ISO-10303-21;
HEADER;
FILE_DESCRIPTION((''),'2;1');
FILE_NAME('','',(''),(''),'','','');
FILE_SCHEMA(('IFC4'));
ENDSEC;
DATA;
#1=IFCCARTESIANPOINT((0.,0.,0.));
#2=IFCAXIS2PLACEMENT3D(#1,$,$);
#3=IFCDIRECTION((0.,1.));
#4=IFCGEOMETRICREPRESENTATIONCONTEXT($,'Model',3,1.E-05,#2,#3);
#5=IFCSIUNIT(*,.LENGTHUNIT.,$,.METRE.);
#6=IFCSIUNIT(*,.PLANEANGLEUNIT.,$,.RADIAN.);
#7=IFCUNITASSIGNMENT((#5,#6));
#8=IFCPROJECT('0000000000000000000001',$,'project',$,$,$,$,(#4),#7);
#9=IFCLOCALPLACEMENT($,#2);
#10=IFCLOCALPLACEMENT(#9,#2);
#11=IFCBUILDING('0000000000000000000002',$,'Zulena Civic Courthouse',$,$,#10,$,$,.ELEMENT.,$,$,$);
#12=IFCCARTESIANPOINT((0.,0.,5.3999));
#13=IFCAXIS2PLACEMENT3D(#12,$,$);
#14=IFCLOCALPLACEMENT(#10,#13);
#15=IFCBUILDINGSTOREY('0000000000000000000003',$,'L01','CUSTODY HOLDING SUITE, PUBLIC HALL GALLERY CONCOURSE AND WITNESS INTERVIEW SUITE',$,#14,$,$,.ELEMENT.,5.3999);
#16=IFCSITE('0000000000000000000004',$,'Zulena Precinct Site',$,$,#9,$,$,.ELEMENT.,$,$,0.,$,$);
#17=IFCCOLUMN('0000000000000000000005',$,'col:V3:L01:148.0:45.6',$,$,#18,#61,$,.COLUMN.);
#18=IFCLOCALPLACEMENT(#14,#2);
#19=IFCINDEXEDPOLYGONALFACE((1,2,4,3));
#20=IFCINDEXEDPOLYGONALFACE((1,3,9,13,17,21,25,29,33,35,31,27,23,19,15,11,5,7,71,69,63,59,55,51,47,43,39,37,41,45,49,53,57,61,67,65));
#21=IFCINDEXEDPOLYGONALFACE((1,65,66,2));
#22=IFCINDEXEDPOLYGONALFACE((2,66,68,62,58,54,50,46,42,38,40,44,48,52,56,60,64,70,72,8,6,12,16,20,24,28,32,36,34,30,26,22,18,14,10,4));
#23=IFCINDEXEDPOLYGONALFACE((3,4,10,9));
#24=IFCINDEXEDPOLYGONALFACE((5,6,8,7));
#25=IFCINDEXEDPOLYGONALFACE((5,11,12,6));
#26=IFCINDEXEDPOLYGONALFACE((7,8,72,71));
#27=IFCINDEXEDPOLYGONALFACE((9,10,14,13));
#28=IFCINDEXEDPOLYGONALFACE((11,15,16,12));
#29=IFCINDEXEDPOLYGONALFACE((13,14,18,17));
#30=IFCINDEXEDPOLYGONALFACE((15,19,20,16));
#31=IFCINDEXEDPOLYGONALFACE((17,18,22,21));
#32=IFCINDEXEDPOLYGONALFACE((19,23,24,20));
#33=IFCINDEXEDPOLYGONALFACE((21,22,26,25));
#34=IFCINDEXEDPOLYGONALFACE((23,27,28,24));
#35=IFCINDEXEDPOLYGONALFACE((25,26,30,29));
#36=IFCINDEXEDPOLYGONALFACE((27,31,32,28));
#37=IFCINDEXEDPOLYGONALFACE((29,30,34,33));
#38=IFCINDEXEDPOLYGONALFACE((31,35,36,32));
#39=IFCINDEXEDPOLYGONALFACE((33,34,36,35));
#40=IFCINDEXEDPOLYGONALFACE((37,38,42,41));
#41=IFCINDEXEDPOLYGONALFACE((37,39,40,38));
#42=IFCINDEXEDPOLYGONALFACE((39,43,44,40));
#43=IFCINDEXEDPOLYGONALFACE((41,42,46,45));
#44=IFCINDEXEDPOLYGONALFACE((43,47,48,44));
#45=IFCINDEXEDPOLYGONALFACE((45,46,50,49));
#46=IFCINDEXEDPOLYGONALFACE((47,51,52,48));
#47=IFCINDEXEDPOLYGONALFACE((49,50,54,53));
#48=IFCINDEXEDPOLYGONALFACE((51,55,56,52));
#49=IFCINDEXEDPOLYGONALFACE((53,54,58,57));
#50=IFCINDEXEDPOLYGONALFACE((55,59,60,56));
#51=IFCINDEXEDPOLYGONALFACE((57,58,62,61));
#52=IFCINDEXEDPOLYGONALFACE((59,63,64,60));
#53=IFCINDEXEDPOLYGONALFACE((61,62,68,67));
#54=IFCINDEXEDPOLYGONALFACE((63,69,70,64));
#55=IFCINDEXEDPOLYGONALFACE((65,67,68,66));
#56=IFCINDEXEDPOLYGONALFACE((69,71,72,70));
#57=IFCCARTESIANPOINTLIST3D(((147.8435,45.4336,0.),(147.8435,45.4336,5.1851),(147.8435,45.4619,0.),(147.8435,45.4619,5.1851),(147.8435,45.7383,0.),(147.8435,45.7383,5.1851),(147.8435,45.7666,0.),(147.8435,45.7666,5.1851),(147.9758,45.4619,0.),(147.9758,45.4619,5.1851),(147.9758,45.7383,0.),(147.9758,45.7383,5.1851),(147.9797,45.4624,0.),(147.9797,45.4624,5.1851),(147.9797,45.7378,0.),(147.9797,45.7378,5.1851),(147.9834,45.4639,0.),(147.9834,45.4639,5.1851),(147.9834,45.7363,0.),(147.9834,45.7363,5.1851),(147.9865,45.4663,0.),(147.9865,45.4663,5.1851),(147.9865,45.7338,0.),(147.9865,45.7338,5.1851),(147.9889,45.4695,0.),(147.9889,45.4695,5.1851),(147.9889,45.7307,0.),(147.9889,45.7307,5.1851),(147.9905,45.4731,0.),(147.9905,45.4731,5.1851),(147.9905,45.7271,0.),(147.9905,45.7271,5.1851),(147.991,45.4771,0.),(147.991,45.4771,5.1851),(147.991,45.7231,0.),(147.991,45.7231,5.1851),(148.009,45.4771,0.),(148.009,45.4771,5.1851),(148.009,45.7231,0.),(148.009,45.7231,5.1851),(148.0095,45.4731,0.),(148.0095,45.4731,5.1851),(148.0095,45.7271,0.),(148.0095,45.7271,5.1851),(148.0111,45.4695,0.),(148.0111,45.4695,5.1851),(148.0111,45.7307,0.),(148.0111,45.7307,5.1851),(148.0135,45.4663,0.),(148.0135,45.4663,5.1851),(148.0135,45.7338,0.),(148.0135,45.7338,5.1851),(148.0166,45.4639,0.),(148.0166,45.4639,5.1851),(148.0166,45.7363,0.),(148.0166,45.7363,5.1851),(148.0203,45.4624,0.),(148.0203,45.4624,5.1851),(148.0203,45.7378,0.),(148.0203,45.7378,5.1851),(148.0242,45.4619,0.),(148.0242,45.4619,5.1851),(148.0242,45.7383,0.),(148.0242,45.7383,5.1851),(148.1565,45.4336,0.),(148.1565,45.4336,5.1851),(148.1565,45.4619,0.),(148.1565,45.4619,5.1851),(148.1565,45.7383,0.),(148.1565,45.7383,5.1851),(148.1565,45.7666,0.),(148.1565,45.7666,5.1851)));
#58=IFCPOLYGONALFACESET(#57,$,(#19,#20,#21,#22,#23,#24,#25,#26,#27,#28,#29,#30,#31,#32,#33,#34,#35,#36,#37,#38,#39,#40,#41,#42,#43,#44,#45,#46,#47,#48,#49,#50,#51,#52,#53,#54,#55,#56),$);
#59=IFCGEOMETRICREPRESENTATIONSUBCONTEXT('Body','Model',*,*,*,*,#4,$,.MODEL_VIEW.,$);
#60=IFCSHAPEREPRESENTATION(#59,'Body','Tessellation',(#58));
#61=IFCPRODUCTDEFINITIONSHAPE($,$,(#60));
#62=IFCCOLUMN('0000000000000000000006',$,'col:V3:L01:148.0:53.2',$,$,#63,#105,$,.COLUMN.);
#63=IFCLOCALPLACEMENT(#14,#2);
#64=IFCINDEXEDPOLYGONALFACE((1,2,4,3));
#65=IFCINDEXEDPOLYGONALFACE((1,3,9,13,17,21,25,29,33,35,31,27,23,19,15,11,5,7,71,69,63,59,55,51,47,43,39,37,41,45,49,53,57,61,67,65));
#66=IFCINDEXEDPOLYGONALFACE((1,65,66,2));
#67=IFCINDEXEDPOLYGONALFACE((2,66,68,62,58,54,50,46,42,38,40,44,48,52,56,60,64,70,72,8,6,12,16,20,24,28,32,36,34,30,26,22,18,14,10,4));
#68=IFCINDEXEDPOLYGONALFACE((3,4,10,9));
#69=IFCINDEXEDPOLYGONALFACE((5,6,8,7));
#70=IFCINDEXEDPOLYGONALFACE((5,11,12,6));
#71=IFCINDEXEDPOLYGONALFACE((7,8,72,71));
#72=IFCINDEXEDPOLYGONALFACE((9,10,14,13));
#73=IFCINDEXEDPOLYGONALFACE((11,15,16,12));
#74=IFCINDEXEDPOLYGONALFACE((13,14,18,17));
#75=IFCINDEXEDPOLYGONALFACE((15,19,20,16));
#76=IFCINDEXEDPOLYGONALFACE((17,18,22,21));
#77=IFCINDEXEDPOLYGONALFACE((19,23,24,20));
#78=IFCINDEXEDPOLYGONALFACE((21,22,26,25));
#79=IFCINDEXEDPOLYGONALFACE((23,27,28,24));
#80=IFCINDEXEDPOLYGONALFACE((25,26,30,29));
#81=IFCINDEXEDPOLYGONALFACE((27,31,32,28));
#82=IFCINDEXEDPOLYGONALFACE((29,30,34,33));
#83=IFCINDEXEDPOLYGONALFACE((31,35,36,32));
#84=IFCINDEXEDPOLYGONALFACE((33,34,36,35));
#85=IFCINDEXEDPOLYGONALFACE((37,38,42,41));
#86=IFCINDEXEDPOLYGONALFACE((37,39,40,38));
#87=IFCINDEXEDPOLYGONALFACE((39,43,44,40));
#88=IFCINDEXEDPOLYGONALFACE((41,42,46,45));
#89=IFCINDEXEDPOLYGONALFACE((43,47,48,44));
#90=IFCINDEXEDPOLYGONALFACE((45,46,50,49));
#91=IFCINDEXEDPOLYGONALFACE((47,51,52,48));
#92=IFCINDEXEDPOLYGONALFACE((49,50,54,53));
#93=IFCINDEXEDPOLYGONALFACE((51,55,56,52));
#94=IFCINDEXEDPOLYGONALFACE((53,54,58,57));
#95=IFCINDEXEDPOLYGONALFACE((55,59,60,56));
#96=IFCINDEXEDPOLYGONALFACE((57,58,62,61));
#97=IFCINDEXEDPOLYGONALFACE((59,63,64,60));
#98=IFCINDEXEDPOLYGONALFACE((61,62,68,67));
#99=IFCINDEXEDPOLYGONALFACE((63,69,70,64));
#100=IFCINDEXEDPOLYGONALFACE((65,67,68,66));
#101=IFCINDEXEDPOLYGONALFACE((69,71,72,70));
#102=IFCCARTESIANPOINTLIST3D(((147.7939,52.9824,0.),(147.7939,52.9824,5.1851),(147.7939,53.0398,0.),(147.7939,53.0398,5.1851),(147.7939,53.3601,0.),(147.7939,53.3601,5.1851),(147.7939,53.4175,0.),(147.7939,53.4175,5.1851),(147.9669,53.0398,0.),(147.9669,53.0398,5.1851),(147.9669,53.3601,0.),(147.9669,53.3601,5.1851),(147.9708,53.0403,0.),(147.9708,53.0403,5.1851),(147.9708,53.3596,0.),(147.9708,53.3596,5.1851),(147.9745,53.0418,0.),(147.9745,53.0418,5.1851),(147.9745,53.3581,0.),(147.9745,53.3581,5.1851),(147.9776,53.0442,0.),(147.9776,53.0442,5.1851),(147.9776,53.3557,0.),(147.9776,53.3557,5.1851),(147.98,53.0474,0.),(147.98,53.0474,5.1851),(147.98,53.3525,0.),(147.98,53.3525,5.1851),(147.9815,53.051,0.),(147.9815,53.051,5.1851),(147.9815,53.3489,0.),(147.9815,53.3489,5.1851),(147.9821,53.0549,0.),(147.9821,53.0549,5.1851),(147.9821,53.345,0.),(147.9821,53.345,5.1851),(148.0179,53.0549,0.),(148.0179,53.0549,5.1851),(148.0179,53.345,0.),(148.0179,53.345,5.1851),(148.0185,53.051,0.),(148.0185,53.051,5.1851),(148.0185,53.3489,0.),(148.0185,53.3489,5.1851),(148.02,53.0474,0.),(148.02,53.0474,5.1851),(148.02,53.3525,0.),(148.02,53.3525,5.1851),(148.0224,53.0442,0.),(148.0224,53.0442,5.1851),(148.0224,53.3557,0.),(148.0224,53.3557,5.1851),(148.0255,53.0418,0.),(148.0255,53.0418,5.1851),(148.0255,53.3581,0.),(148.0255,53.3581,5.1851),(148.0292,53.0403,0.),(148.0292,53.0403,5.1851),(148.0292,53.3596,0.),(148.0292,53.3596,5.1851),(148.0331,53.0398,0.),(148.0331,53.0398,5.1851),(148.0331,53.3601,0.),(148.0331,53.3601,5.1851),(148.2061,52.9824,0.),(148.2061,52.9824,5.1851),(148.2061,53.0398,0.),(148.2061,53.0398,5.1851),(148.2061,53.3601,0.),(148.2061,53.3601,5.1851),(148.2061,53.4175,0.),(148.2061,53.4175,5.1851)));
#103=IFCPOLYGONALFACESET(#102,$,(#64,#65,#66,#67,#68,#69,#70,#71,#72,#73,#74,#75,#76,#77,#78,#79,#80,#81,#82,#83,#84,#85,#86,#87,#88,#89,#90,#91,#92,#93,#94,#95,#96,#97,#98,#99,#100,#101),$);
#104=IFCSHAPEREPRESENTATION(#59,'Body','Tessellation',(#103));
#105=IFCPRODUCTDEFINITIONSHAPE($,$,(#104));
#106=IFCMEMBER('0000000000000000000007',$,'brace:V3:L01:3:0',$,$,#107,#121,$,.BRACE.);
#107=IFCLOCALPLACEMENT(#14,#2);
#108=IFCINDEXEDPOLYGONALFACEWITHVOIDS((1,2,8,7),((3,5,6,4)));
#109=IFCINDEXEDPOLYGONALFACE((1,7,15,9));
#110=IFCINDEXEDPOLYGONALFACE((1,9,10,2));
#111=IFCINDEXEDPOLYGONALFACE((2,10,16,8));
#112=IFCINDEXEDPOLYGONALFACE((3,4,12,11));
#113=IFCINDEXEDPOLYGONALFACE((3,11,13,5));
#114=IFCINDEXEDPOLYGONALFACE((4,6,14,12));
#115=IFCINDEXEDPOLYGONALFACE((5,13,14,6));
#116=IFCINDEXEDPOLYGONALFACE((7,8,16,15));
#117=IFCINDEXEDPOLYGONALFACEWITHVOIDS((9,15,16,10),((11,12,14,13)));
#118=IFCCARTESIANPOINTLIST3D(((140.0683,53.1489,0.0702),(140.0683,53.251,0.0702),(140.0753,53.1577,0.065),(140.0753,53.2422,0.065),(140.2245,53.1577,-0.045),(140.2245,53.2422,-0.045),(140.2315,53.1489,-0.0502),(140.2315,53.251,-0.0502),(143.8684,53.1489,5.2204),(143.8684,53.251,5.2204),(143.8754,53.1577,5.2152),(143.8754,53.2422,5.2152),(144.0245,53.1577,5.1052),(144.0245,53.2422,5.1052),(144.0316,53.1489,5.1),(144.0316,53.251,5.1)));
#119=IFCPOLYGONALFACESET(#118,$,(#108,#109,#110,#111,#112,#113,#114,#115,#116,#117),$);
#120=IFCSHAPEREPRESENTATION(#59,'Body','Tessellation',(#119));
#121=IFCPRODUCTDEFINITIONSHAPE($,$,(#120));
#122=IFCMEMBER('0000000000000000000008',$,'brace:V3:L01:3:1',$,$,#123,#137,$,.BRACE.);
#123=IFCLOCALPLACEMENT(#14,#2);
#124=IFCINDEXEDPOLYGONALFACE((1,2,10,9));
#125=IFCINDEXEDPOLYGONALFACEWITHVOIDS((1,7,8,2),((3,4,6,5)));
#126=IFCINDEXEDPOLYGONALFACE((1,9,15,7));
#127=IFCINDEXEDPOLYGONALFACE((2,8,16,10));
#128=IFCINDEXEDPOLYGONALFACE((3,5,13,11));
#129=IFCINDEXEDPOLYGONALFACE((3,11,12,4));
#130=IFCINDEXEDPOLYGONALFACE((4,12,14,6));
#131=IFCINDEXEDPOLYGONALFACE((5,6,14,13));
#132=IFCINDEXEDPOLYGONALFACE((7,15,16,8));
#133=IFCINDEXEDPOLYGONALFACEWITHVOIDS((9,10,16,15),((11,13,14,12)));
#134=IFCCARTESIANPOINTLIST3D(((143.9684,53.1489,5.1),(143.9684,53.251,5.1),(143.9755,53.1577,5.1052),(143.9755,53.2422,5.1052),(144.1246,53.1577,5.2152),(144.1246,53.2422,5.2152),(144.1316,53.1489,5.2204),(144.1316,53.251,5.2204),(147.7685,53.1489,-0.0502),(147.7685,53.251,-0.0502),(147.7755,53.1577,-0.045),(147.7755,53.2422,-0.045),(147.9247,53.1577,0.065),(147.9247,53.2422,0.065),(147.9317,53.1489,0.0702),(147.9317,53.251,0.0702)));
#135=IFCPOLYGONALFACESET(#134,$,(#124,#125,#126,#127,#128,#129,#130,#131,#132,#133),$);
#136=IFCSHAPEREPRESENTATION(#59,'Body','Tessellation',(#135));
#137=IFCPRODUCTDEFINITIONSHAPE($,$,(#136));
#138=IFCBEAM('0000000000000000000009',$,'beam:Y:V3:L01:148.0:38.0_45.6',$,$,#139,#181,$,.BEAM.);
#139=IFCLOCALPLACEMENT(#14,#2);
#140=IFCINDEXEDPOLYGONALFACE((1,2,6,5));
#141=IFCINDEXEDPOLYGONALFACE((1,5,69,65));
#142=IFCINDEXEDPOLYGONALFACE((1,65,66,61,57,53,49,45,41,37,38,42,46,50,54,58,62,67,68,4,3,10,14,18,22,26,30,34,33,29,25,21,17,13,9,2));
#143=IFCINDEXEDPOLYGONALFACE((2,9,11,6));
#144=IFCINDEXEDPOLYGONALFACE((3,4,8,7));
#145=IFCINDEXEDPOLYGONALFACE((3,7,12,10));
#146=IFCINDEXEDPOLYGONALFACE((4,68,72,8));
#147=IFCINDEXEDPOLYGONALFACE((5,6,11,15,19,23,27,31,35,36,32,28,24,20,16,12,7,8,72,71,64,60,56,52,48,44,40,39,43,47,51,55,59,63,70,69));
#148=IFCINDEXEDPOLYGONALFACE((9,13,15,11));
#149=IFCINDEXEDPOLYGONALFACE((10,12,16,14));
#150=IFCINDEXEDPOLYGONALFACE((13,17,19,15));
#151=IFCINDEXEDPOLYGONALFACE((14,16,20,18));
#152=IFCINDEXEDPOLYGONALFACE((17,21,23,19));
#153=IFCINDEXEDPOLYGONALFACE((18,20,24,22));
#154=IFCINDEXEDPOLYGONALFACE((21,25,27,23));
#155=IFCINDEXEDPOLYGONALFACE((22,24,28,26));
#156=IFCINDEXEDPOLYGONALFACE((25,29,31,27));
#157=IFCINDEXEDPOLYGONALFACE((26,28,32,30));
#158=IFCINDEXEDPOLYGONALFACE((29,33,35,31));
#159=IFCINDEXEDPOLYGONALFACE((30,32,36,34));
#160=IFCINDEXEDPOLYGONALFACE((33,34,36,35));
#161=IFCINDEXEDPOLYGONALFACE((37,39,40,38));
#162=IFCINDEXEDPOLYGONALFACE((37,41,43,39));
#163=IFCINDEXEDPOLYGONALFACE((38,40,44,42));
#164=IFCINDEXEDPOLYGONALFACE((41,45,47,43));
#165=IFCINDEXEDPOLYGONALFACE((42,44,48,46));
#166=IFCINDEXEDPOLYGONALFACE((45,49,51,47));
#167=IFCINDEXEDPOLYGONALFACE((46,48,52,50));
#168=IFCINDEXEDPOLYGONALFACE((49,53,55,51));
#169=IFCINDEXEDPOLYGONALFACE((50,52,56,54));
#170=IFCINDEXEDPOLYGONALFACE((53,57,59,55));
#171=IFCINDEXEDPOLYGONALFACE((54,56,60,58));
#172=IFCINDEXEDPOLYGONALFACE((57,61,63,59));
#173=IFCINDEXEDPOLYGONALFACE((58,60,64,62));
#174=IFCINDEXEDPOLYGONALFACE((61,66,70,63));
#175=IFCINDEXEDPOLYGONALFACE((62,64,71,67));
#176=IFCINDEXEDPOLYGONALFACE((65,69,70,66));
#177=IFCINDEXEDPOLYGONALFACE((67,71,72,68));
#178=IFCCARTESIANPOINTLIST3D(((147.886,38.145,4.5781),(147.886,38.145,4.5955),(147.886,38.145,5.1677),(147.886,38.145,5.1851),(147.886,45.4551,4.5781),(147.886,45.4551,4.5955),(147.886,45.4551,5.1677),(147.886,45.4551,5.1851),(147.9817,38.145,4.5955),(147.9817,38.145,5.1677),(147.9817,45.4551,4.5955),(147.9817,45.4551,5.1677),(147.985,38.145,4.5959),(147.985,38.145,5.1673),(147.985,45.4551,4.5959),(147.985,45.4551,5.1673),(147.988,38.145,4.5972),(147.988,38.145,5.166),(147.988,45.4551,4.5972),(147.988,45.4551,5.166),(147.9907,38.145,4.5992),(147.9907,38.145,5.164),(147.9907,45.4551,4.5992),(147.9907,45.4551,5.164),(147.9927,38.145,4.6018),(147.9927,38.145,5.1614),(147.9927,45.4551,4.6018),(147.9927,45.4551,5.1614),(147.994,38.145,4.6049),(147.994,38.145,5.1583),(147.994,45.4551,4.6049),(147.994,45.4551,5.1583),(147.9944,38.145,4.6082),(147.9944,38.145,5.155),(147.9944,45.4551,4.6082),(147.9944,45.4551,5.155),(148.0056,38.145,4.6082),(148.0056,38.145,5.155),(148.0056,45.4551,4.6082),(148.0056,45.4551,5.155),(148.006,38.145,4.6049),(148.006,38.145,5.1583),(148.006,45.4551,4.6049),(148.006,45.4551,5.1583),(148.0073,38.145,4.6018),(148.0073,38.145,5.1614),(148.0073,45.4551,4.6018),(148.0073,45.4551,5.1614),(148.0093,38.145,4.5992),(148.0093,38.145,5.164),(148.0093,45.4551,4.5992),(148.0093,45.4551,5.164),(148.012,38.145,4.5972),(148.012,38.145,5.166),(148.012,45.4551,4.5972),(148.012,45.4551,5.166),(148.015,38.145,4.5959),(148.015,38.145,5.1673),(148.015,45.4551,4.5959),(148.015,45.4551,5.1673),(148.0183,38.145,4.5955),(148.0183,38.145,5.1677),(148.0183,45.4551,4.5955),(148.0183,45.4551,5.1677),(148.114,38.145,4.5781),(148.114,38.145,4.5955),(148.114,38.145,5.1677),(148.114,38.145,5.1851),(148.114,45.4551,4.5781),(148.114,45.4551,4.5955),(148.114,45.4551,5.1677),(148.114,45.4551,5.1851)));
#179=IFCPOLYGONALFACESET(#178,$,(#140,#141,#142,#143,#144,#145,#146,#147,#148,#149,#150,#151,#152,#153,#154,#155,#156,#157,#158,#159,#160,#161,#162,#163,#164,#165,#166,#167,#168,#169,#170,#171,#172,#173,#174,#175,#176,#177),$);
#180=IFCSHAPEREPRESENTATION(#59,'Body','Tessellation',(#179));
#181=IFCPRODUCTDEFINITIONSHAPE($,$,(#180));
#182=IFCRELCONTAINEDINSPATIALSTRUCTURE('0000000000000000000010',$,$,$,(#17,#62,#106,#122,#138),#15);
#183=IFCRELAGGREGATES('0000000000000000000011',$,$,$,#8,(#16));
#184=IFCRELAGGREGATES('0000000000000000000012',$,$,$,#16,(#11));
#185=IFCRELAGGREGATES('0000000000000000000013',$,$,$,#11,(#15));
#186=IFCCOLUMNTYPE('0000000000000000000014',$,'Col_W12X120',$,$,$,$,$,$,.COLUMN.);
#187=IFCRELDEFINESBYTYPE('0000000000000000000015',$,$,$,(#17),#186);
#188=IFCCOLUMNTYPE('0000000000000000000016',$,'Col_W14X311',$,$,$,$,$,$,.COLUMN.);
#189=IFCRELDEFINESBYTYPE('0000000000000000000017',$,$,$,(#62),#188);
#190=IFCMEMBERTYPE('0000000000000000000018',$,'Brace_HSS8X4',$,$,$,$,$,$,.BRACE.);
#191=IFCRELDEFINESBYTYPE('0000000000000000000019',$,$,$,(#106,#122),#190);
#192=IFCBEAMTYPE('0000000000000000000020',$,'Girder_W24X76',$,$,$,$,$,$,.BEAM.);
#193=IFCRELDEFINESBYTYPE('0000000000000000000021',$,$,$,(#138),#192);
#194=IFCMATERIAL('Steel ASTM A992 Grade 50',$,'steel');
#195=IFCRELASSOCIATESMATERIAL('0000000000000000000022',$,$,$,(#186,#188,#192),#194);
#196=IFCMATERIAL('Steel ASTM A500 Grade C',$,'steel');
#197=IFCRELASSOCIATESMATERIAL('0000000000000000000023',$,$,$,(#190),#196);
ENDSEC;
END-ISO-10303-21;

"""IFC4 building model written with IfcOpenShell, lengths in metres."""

from ifc_helpers import new_model, si_unit, direction, frame, origin, origin_2d, place, context, subcontext, project, spatial, hollow_rectangle, i_section, extrude, material, material_profile, profile_set, type_object, element, save


model = new_model("IFC4")

# Units and contexts
model_context = context("Model", 3, precision=1e-05, world=origin(), true_north=direction((0.0, 1.0)))
body_context = subcontext(model_context, "Body", "Model", "MODEL_VIEW")
ifc_project = project(units=[si_unit("LENGTHUNIT", "METRE"), si_unit("PLANEANGLEUNIT", "RADIAN")], contexts=[model_context])

# Site, building, storey
site_placement = place(None, origin())
site = spatial("IfcSite", under=ifc_project, at=site_placement, Name="Zulena Precinct Site", CompositionType="ELEMENT", RefElevation=0.0)
building_placement = place(site_placement, origin())
building = spatial("IfcBuilding", under=site, at=building_placement, Name="Zulena Civic Courthouse", CompositionType="ELEMENT")
storey_placement = place(building_placement, frame((0.0, 0.0, 5.3999)))
storey = spatial("IfcBuildingStorey", under=building, at=storey_placement, Name="L01", Description="CUSTODY HOLDING SUITE, PUBLIC HALL GALLERY CONCOURSE AND WITNESS INTERVIEW SUITE", CompositionType="ELEMENT", Elevation=5.3999)

# Columns
ifc_material_1 = material(Name="Steel ASTM A992 Grade 50", Category="steel")
ifc_material_profile_1 = material_profile(ifc_material_1, i_section(OverallWidth=0.313, OverallDepth=0.333, WebThickness=0.0181, FlangeThickness=0.0283, FilletRadius=0.0151, at=origin_2d()), Name="W12X120")
ifc_profile_set_1 = profile_set([ifc_material_profile_1], Name="Steel ASTM A992 Grade 50")
column_type_1 = type_object("IfcColumnType", Name="Col_W12X120", PredefinedType="COLUMN", material=ifc_profile_set_1)
column_1_placement = place(storey_placement, frame((148.0, 45.6001, 0.0), z_axis=(0.0, 0.0, 1.0), x_axis=(1.0, 0.0, 0.0)))
element("IfcColumn", 1, at=column_1_placement, inside=storey, type_object=column_type_1, Name="col:V3:L01:148.0:45.6", PredefinedType="COLUMN", context=body_context, shape_type="SweptSolid", body=[
    extrude(i_section(OverallWidth=0.313, OverallDepth=0.333, WebThickness=0.0181, FlangeThickness=0.0283, FilletRadius=0.0151, at=origin_2d()), origin(), (0.0, 0.0, 1.0), 5.1851),
])
ifc_material_profile_2 = material_profile(ifc_material_1, i_section(OverallWidth=0.4121, OverallDepth=0.4351, WebThickness=0.0359, FlangeThickness=0.0574, FilletRadius=0.0151, at=origin_2d()), Name="W14X311")
ifc_profile_set_2 = profile_set([ifc_material_profile_2], Name="Steel ASTM A992 Grade 50")
column_type_2 = type_object("IfcColumnType", Name="Col_W14X311", PredefinedType="COLUMN", material=ifc_profile_set_2)
column_2_placement = place(storey_placement, frame((148.0, 53.2, 0.0), z_axis=(0.0, 0.0, 1.0), x_axis=(1.0, 0.0, 0.0)))
element("IfcColumn", 2, at=column_2_placement, inside=storey, type_object=column_type_2, Name="col:V3:L01:148.0:53.2", PredefinedType="COLUMN", context=body_context, shape_type="SweptSolid", body=[
    extrude(i_section(OverallWidth=0.4121, OverallDepth=0.4351, WebThickness=0.0359, FlangeThickness=0.0574, FilletRadius=0.0151, at=origin_2d()), origin(), (0.0, 0.0, 1.0), 5.1851),
])

# Members
ifc_material_2 = material(Name="Steel ASTM A500 Grade C", Category="steel")
ifc_material_profile_3 = material_profile(ifc_material_2, hollow_rectangle(XDim=0.1021, YDim=0.2029, WallThickness=0.0088, at=origin_2d()), Name="HSS8X4X3/8")
ifc_profile_set_3 = profile_set([ifc_material_profile_3], Name="Steel ASTM A500 Grade C")
member_type = type_object("IfcMemberType", Name="Brace_HSS8X4", PredefinedType="BRACE", material=ifc_profile_set_3)
for number, where, z_axis, x_axis, name in (
    (3, (140.1499, 53.2, 0.01), (0.593726, 0.0, 0.804667), (0.0, 1.0, 0.0), "brace:V3:L01:3:0"),
    (4, (147.8501, 53.2, 0.01), (-0.593726, 0.0, 0.804667), (0.0, -1.0, 0.0), "brace:V3:L01:3:1"),
):
    element("IfcMember", number, at=place(storey_placement, frame(where, z_axis=z_axis, x_axis=x_axis)), inside=storey, type_object=member_type, Name=name, PredefinedType="BRACE", context=body_context, shape_type="SweptSolid", body=[
        extrude(hollow_rectangle(XDim=0.1021, YDim=0.2029, WallThickness=0.0088, at=origin_2d()), origin(), (0.0, 0.0, 1.0), 6.4004),
    ])

# Beam
ifc_material_profile_4 = material_profile(ifc_material_1, i_section(OverallWidth=0.228, OverallDepth=0.6069, WebThickness=0.0112, FlangeThickness=0.0173, FilletRadius=0.0127, at=origin_2d()), Name="W24X76")
ifc_profile_set_4 = profile_set([ifc_material_profile_4], Name="Steel ASTM A992 Grade 50")
beam_type_1 = type_object("IfcBeamType", Name="Girder_W24X76", PredefinedType="BEAM", material=ifc_profile_set_4)
beam_1_placement = place(storey_placement, frame((148.0, 38.145, 4.8816), z_axis=(0.0, 1.0, 0.0), x_axis=(-1.0, 0.0, 0.0)))
element("IfcBeam", 5, at=beam_1_placement, inside=storey, type_object=beam_type_1, Name="beam:Y:V3:L01:148.0:38.0_45.6", PredefinedType="BEAM", context=body_context, shape_type="SweptSolid", body=[
    extrude(i_section(OverallWidth=0.228, OverallDepth=0.6069, WebThickness=0.0112, FlangeThickness=0.0173, FilletRadius=0.0127, at=origin_2d()), origin(), (0.0, 0.0, 1.0), 7.3101),
])

save(model, "model.ifc")
